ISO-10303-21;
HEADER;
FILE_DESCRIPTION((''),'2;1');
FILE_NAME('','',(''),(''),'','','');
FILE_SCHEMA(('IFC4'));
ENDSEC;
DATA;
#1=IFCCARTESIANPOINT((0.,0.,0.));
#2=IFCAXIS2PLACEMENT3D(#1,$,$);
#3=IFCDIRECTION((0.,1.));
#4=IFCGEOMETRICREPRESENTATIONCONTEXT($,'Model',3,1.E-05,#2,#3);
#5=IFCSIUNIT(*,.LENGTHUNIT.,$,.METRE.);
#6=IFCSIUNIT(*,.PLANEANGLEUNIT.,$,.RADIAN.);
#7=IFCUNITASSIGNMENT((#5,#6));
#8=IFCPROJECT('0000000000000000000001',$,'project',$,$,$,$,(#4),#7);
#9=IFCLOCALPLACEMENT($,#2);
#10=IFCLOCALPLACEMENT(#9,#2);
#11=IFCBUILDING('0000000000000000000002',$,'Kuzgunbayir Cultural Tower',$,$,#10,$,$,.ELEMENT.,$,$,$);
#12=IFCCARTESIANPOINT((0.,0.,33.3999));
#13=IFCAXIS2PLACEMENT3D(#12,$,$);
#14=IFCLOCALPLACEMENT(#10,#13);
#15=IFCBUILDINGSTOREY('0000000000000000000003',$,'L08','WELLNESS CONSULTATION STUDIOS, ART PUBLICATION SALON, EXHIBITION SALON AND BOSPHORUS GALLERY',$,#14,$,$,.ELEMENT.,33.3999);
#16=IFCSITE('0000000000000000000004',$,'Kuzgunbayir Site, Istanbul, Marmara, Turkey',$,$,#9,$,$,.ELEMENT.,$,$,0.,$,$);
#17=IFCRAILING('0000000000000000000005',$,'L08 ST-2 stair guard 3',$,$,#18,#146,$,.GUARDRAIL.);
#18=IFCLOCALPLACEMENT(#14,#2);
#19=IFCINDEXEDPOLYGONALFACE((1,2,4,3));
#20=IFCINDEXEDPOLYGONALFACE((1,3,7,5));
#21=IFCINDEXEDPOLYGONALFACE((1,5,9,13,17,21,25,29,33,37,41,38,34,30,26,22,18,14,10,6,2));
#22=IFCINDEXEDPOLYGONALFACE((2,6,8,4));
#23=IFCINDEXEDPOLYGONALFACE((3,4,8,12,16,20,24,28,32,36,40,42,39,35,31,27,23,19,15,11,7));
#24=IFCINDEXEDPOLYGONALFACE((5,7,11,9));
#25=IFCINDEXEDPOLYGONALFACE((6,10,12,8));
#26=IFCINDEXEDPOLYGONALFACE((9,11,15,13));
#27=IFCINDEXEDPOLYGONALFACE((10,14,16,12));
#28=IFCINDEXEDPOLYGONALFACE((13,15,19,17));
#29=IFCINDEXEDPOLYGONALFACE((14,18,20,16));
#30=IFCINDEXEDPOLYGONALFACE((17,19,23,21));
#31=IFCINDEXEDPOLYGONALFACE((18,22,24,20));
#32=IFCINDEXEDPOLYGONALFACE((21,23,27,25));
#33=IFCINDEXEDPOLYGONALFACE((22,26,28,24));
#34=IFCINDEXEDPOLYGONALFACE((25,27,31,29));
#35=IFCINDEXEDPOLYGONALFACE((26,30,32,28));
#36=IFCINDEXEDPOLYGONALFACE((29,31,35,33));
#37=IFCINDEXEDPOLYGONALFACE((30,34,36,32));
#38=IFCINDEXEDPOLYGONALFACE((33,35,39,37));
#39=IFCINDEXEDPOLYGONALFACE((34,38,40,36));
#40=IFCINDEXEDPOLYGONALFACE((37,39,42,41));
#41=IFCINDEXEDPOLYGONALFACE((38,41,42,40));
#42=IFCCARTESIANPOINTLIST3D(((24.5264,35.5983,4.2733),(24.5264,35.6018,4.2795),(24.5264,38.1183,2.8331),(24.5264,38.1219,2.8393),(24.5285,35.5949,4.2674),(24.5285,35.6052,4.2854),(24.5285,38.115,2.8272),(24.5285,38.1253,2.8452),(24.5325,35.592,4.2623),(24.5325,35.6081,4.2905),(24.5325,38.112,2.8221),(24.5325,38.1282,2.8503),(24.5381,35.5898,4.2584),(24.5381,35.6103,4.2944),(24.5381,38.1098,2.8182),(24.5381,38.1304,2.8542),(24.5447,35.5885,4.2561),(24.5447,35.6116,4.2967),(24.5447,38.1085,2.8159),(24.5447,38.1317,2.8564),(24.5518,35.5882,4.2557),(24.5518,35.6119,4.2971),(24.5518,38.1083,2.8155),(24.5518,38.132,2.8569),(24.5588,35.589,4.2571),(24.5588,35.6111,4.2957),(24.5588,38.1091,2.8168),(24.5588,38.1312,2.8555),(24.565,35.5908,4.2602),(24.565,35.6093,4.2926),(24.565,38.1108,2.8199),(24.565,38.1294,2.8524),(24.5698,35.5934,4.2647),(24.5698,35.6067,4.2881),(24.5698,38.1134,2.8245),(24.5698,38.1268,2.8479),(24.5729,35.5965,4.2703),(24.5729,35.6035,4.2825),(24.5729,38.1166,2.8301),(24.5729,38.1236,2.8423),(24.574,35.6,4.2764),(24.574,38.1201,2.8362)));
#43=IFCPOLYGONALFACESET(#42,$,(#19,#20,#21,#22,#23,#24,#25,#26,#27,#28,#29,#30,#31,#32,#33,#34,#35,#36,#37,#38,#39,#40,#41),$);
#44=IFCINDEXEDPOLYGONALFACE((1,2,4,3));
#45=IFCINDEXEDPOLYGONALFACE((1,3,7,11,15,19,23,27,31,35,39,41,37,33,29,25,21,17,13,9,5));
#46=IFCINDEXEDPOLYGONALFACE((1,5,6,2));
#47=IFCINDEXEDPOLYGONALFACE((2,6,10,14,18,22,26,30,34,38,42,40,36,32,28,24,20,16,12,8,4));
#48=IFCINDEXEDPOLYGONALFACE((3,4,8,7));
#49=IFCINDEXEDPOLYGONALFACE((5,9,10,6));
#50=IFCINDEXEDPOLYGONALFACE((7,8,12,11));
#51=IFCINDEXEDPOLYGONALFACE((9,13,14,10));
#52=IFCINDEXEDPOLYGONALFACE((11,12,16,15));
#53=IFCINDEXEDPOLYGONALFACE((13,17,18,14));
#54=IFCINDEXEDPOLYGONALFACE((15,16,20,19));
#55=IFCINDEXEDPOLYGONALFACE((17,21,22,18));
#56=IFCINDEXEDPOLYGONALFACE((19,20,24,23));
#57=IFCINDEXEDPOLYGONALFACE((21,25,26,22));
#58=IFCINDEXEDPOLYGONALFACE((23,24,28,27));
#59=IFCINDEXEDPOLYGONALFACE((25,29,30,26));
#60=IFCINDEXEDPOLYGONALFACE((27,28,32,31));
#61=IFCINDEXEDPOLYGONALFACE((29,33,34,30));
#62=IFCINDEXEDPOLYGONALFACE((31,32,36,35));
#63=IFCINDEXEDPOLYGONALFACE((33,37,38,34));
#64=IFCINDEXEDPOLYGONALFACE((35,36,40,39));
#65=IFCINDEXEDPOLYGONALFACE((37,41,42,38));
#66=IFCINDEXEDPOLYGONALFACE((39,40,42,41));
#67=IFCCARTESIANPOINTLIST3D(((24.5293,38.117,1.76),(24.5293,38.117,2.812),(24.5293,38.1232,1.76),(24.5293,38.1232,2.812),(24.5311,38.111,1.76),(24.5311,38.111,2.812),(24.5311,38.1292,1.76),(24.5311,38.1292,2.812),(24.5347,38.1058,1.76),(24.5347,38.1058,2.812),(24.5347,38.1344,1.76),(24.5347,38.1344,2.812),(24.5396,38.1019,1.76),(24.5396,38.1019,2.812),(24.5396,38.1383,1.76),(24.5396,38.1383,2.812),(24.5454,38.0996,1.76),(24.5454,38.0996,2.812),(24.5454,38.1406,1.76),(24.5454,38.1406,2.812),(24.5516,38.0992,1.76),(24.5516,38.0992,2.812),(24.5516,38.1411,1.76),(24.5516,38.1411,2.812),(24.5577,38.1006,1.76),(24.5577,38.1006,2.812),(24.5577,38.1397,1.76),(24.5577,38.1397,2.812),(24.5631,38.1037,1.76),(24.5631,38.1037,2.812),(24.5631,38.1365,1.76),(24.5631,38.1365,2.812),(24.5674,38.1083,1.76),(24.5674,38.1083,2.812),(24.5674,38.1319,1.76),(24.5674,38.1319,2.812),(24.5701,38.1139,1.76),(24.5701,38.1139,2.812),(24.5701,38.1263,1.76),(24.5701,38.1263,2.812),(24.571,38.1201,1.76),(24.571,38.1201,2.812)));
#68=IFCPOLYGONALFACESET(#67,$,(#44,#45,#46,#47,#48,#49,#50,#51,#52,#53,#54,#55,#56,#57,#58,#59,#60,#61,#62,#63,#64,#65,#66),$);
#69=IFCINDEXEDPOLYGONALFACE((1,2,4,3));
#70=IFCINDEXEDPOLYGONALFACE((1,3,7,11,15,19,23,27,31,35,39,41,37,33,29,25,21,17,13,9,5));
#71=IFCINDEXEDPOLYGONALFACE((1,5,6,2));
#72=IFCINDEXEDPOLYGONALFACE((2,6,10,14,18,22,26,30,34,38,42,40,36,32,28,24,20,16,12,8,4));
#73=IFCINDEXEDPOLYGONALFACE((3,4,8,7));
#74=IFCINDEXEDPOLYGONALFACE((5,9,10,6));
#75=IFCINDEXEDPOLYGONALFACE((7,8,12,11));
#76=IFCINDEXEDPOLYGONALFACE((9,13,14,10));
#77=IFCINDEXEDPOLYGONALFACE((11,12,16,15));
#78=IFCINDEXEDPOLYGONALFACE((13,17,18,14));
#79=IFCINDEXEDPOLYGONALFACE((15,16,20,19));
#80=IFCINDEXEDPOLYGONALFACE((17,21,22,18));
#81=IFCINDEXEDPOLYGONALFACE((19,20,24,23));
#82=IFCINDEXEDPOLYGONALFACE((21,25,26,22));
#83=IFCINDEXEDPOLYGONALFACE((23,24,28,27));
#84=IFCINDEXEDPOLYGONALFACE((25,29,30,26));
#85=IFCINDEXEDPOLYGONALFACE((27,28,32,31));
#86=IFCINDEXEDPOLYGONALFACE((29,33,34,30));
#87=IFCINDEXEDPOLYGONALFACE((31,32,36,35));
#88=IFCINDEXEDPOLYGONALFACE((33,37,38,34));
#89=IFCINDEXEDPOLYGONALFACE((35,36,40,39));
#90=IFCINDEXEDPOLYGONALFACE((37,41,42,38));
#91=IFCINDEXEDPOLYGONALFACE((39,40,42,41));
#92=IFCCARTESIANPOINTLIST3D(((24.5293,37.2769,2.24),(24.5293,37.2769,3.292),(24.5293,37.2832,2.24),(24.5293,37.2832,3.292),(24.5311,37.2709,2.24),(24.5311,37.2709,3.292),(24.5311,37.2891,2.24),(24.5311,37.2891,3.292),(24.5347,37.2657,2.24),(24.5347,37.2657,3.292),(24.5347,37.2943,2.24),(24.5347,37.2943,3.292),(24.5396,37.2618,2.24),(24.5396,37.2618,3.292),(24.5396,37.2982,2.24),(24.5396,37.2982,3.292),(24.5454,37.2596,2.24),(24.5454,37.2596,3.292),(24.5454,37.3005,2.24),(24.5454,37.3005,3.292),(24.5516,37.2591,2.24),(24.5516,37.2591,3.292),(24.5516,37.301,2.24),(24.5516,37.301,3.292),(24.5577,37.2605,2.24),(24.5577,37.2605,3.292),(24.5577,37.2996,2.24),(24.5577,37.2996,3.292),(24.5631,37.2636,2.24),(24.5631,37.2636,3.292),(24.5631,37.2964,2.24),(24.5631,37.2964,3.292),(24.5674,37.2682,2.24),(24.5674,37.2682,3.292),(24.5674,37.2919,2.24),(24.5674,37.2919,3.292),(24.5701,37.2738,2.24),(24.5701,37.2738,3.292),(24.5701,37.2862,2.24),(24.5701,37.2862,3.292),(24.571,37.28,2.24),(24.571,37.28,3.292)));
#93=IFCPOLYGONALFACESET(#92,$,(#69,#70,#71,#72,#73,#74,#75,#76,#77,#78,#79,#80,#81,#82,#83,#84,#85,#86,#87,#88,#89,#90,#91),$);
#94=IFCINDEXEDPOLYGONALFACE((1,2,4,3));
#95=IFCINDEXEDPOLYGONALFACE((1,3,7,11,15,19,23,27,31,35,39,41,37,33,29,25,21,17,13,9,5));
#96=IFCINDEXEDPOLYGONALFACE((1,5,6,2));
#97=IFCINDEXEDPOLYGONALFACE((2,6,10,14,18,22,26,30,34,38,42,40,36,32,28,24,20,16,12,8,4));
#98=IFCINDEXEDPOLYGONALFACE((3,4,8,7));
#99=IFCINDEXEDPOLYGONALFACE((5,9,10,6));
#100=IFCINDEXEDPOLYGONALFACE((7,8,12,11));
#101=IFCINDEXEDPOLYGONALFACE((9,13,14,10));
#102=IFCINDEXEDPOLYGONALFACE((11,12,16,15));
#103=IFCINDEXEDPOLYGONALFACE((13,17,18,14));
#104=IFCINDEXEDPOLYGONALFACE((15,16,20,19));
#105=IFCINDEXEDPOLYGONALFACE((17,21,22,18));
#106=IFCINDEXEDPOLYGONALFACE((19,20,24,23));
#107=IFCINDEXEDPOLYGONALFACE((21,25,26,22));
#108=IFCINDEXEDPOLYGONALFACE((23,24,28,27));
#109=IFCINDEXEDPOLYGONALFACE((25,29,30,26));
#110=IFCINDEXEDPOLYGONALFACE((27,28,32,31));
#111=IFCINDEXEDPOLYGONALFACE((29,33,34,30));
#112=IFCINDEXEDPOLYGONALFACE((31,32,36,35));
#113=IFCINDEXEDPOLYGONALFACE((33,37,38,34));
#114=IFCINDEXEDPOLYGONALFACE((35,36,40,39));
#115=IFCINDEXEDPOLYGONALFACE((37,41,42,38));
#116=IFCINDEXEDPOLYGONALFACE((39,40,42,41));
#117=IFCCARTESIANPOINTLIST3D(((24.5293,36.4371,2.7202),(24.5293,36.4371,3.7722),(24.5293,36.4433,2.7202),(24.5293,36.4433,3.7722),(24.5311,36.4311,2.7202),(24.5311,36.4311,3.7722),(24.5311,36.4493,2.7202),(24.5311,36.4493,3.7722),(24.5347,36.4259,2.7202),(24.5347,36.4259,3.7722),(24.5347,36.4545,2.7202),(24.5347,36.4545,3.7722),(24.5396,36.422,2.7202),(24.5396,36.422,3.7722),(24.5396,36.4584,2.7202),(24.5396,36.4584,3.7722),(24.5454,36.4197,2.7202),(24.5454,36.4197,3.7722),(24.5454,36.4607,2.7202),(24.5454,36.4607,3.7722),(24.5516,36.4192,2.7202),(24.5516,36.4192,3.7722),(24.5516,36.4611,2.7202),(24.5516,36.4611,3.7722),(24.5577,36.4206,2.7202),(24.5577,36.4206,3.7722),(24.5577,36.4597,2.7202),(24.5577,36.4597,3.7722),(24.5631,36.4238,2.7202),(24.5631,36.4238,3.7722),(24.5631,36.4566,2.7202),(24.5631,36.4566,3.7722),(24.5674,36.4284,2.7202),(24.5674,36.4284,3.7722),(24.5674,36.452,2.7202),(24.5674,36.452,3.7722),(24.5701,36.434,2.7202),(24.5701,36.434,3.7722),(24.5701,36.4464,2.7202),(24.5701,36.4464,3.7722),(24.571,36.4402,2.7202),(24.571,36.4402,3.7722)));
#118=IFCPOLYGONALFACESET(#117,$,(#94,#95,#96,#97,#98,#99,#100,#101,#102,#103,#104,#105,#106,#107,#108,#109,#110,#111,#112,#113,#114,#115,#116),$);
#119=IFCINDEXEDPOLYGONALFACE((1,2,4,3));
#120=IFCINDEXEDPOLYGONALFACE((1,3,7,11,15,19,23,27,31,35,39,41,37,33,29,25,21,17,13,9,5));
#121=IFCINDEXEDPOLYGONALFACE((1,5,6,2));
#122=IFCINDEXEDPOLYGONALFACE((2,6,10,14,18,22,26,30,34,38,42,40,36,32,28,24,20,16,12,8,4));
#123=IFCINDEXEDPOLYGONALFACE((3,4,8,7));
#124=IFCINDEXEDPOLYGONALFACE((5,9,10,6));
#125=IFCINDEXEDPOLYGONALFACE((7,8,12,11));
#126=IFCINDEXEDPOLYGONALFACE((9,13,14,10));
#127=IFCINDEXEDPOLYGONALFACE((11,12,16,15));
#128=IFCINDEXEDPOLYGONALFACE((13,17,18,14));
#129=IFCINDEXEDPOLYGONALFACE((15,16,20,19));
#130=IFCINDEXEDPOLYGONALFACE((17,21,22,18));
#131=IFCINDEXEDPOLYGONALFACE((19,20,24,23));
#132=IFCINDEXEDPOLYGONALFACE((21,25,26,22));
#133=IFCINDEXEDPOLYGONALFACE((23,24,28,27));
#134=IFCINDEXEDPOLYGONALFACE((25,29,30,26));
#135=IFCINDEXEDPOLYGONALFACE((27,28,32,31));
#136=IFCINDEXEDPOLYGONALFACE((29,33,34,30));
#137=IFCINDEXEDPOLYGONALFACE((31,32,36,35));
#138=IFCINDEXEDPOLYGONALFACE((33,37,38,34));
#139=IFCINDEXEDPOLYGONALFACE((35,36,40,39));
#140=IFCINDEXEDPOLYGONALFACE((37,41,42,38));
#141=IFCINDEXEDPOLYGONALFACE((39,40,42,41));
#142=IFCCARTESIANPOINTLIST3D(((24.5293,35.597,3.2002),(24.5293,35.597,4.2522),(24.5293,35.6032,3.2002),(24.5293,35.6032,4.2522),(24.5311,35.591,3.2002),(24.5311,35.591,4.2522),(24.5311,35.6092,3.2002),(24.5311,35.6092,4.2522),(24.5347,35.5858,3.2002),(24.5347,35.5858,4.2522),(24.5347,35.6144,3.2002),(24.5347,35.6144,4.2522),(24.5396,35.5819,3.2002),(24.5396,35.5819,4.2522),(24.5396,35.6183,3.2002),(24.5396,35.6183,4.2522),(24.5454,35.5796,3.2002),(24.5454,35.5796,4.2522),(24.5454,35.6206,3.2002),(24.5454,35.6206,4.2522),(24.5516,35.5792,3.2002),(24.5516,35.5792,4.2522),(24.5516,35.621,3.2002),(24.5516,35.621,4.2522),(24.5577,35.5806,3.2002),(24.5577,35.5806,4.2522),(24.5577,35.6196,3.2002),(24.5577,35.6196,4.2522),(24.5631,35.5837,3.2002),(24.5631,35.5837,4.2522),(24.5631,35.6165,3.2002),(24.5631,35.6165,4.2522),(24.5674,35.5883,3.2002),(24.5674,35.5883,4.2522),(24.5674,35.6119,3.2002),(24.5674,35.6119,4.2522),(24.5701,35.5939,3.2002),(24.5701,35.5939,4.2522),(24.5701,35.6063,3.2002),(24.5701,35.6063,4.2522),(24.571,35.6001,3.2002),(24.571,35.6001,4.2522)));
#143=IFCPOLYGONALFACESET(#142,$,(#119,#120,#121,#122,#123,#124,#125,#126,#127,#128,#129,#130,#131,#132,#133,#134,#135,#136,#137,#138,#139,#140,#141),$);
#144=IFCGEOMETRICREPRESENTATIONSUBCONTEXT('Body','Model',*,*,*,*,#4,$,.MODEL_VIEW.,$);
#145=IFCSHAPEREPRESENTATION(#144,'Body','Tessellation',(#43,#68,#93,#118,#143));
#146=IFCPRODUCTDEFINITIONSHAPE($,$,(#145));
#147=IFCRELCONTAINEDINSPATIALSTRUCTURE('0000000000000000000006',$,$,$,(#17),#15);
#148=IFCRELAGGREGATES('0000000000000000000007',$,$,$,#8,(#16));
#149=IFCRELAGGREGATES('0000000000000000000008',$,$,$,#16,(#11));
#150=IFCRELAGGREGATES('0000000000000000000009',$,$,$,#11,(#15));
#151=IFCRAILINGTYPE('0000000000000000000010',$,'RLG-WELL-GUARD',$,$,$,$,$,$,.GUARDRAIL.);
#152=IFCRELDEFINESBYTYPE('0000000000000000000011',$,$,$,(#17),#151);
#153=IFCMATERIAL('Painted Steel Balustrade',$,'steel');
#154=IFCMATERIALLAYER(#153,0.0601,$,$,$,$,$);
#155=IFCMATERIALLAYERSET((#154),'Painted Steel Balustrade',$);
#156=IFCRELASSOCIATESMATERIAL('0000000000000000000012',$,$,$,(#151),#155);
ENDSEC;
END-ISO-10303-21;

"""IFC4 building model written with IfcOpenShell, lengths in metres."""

from ifc_helpers import new_model, si_unit, direction, frame, origin, origin_2d, place, context, subcontext, project, spatial, circle, extrude, material, layer, layer_set, type_object, element, save


model = new_model("IFC4")

# Units and contexts
model_context = context("Model", 3, precision=1e-05, world=origin(), true_north=direction((0.0, 1.0)))
body_context = subcontext(model_context, "Body", "Model", "MODEL_VIEW")
ifc_project = project(units=[si_unit("LENGTHUNIT", "METRE"), si_unit("PLANEANGLEUNIT", "RADIAN")], contexts=[model_context])

# Site, building, storey
site_placement = place(None, origin())
site = spatial("IfcSite", under=ifc_project, at=site_placement, Name="Kuzgunbayir Site, Istanbul, Marmara, Turkey", CompositionType="ELEMENT", RefElevation=0.0)
building_placement = place(site_placement, origin())
building = spatial("IfcBuilding", under=site, at=building_placement, Name="Kuzgunbayir Cultural Tower", CompositionType="ELEMENT")
storey_placement = place(building_placement, frame((0.0, 0.0, 33.3999)))
storey = spatial("IfcBuildingStorey", under=building, at=storey_placement, Name="L08", Description="WELLNESS CONSULTATION STUDIOS, ART PUBLICATION SALON, EXHIBITION SALON AND BOSPHORUS GALLERY", CompositionType="ELEMENT", Elevation=33.3999)

# Railing
ifc_material_1 = material(Name="Painted Steel Balustrade", Category="steel")
ifc_layer_1 = layer(ifc_material_1, 0.0601)
ifc_layer_set_1 = layer_set([ifc_layer_1], Name="Painted Steel Balustrade")
railing_type_1 = type_object("IfcRailingType", Name="RLG-WELL-GUARD", PredefinedType="GUARDRAIL", material=ifc_layer_set_1)
railing_1_placement = place(storey_placement, frame((24.55, 38.1201, 1.76)))
element("IfcRailing", 1, at=railing_1_placement, inside=storey, type_object=railing_type_1, Name="L08 ST-2 stair guard 3", PredefinedType="GUARDRAIL", context=body_context, shape_type="SweptSolid", body=[
    extrude(circle(Radius=0.0239, at=origin_2d()), frame((0.0, 0.0, 1.0762), z_axis=(0.0, -0.868217, 0.496184), x_axis=(1.0, 0.0, 0.0)), (0.0, 0.0, 1.0), 2.9026),
    extrude(circle(Radius=0.021, at=origin_2d()), origin(), (0.0, 0.0, 1.0), 1.052),
    extrude(circle(Radius=0.021, at=origin_2d()), frame((0.0, -0.8401, 0.48)), (0.0, 0.0, 1.0), 1.052),
    extrude(circle(Radius=0.021, at=origin_2d()), frame((0.0, -1.6799, 0.9602)), (0.0, 0.0, 1.0), 1.052),
    extrude(circle(Radius=0.021, at=origin_2d()), frame((0.0, -2.52, 1.4402)), (0.0, 0.0, 1.0), 1.052),
])

save(model, "model.ifc")
